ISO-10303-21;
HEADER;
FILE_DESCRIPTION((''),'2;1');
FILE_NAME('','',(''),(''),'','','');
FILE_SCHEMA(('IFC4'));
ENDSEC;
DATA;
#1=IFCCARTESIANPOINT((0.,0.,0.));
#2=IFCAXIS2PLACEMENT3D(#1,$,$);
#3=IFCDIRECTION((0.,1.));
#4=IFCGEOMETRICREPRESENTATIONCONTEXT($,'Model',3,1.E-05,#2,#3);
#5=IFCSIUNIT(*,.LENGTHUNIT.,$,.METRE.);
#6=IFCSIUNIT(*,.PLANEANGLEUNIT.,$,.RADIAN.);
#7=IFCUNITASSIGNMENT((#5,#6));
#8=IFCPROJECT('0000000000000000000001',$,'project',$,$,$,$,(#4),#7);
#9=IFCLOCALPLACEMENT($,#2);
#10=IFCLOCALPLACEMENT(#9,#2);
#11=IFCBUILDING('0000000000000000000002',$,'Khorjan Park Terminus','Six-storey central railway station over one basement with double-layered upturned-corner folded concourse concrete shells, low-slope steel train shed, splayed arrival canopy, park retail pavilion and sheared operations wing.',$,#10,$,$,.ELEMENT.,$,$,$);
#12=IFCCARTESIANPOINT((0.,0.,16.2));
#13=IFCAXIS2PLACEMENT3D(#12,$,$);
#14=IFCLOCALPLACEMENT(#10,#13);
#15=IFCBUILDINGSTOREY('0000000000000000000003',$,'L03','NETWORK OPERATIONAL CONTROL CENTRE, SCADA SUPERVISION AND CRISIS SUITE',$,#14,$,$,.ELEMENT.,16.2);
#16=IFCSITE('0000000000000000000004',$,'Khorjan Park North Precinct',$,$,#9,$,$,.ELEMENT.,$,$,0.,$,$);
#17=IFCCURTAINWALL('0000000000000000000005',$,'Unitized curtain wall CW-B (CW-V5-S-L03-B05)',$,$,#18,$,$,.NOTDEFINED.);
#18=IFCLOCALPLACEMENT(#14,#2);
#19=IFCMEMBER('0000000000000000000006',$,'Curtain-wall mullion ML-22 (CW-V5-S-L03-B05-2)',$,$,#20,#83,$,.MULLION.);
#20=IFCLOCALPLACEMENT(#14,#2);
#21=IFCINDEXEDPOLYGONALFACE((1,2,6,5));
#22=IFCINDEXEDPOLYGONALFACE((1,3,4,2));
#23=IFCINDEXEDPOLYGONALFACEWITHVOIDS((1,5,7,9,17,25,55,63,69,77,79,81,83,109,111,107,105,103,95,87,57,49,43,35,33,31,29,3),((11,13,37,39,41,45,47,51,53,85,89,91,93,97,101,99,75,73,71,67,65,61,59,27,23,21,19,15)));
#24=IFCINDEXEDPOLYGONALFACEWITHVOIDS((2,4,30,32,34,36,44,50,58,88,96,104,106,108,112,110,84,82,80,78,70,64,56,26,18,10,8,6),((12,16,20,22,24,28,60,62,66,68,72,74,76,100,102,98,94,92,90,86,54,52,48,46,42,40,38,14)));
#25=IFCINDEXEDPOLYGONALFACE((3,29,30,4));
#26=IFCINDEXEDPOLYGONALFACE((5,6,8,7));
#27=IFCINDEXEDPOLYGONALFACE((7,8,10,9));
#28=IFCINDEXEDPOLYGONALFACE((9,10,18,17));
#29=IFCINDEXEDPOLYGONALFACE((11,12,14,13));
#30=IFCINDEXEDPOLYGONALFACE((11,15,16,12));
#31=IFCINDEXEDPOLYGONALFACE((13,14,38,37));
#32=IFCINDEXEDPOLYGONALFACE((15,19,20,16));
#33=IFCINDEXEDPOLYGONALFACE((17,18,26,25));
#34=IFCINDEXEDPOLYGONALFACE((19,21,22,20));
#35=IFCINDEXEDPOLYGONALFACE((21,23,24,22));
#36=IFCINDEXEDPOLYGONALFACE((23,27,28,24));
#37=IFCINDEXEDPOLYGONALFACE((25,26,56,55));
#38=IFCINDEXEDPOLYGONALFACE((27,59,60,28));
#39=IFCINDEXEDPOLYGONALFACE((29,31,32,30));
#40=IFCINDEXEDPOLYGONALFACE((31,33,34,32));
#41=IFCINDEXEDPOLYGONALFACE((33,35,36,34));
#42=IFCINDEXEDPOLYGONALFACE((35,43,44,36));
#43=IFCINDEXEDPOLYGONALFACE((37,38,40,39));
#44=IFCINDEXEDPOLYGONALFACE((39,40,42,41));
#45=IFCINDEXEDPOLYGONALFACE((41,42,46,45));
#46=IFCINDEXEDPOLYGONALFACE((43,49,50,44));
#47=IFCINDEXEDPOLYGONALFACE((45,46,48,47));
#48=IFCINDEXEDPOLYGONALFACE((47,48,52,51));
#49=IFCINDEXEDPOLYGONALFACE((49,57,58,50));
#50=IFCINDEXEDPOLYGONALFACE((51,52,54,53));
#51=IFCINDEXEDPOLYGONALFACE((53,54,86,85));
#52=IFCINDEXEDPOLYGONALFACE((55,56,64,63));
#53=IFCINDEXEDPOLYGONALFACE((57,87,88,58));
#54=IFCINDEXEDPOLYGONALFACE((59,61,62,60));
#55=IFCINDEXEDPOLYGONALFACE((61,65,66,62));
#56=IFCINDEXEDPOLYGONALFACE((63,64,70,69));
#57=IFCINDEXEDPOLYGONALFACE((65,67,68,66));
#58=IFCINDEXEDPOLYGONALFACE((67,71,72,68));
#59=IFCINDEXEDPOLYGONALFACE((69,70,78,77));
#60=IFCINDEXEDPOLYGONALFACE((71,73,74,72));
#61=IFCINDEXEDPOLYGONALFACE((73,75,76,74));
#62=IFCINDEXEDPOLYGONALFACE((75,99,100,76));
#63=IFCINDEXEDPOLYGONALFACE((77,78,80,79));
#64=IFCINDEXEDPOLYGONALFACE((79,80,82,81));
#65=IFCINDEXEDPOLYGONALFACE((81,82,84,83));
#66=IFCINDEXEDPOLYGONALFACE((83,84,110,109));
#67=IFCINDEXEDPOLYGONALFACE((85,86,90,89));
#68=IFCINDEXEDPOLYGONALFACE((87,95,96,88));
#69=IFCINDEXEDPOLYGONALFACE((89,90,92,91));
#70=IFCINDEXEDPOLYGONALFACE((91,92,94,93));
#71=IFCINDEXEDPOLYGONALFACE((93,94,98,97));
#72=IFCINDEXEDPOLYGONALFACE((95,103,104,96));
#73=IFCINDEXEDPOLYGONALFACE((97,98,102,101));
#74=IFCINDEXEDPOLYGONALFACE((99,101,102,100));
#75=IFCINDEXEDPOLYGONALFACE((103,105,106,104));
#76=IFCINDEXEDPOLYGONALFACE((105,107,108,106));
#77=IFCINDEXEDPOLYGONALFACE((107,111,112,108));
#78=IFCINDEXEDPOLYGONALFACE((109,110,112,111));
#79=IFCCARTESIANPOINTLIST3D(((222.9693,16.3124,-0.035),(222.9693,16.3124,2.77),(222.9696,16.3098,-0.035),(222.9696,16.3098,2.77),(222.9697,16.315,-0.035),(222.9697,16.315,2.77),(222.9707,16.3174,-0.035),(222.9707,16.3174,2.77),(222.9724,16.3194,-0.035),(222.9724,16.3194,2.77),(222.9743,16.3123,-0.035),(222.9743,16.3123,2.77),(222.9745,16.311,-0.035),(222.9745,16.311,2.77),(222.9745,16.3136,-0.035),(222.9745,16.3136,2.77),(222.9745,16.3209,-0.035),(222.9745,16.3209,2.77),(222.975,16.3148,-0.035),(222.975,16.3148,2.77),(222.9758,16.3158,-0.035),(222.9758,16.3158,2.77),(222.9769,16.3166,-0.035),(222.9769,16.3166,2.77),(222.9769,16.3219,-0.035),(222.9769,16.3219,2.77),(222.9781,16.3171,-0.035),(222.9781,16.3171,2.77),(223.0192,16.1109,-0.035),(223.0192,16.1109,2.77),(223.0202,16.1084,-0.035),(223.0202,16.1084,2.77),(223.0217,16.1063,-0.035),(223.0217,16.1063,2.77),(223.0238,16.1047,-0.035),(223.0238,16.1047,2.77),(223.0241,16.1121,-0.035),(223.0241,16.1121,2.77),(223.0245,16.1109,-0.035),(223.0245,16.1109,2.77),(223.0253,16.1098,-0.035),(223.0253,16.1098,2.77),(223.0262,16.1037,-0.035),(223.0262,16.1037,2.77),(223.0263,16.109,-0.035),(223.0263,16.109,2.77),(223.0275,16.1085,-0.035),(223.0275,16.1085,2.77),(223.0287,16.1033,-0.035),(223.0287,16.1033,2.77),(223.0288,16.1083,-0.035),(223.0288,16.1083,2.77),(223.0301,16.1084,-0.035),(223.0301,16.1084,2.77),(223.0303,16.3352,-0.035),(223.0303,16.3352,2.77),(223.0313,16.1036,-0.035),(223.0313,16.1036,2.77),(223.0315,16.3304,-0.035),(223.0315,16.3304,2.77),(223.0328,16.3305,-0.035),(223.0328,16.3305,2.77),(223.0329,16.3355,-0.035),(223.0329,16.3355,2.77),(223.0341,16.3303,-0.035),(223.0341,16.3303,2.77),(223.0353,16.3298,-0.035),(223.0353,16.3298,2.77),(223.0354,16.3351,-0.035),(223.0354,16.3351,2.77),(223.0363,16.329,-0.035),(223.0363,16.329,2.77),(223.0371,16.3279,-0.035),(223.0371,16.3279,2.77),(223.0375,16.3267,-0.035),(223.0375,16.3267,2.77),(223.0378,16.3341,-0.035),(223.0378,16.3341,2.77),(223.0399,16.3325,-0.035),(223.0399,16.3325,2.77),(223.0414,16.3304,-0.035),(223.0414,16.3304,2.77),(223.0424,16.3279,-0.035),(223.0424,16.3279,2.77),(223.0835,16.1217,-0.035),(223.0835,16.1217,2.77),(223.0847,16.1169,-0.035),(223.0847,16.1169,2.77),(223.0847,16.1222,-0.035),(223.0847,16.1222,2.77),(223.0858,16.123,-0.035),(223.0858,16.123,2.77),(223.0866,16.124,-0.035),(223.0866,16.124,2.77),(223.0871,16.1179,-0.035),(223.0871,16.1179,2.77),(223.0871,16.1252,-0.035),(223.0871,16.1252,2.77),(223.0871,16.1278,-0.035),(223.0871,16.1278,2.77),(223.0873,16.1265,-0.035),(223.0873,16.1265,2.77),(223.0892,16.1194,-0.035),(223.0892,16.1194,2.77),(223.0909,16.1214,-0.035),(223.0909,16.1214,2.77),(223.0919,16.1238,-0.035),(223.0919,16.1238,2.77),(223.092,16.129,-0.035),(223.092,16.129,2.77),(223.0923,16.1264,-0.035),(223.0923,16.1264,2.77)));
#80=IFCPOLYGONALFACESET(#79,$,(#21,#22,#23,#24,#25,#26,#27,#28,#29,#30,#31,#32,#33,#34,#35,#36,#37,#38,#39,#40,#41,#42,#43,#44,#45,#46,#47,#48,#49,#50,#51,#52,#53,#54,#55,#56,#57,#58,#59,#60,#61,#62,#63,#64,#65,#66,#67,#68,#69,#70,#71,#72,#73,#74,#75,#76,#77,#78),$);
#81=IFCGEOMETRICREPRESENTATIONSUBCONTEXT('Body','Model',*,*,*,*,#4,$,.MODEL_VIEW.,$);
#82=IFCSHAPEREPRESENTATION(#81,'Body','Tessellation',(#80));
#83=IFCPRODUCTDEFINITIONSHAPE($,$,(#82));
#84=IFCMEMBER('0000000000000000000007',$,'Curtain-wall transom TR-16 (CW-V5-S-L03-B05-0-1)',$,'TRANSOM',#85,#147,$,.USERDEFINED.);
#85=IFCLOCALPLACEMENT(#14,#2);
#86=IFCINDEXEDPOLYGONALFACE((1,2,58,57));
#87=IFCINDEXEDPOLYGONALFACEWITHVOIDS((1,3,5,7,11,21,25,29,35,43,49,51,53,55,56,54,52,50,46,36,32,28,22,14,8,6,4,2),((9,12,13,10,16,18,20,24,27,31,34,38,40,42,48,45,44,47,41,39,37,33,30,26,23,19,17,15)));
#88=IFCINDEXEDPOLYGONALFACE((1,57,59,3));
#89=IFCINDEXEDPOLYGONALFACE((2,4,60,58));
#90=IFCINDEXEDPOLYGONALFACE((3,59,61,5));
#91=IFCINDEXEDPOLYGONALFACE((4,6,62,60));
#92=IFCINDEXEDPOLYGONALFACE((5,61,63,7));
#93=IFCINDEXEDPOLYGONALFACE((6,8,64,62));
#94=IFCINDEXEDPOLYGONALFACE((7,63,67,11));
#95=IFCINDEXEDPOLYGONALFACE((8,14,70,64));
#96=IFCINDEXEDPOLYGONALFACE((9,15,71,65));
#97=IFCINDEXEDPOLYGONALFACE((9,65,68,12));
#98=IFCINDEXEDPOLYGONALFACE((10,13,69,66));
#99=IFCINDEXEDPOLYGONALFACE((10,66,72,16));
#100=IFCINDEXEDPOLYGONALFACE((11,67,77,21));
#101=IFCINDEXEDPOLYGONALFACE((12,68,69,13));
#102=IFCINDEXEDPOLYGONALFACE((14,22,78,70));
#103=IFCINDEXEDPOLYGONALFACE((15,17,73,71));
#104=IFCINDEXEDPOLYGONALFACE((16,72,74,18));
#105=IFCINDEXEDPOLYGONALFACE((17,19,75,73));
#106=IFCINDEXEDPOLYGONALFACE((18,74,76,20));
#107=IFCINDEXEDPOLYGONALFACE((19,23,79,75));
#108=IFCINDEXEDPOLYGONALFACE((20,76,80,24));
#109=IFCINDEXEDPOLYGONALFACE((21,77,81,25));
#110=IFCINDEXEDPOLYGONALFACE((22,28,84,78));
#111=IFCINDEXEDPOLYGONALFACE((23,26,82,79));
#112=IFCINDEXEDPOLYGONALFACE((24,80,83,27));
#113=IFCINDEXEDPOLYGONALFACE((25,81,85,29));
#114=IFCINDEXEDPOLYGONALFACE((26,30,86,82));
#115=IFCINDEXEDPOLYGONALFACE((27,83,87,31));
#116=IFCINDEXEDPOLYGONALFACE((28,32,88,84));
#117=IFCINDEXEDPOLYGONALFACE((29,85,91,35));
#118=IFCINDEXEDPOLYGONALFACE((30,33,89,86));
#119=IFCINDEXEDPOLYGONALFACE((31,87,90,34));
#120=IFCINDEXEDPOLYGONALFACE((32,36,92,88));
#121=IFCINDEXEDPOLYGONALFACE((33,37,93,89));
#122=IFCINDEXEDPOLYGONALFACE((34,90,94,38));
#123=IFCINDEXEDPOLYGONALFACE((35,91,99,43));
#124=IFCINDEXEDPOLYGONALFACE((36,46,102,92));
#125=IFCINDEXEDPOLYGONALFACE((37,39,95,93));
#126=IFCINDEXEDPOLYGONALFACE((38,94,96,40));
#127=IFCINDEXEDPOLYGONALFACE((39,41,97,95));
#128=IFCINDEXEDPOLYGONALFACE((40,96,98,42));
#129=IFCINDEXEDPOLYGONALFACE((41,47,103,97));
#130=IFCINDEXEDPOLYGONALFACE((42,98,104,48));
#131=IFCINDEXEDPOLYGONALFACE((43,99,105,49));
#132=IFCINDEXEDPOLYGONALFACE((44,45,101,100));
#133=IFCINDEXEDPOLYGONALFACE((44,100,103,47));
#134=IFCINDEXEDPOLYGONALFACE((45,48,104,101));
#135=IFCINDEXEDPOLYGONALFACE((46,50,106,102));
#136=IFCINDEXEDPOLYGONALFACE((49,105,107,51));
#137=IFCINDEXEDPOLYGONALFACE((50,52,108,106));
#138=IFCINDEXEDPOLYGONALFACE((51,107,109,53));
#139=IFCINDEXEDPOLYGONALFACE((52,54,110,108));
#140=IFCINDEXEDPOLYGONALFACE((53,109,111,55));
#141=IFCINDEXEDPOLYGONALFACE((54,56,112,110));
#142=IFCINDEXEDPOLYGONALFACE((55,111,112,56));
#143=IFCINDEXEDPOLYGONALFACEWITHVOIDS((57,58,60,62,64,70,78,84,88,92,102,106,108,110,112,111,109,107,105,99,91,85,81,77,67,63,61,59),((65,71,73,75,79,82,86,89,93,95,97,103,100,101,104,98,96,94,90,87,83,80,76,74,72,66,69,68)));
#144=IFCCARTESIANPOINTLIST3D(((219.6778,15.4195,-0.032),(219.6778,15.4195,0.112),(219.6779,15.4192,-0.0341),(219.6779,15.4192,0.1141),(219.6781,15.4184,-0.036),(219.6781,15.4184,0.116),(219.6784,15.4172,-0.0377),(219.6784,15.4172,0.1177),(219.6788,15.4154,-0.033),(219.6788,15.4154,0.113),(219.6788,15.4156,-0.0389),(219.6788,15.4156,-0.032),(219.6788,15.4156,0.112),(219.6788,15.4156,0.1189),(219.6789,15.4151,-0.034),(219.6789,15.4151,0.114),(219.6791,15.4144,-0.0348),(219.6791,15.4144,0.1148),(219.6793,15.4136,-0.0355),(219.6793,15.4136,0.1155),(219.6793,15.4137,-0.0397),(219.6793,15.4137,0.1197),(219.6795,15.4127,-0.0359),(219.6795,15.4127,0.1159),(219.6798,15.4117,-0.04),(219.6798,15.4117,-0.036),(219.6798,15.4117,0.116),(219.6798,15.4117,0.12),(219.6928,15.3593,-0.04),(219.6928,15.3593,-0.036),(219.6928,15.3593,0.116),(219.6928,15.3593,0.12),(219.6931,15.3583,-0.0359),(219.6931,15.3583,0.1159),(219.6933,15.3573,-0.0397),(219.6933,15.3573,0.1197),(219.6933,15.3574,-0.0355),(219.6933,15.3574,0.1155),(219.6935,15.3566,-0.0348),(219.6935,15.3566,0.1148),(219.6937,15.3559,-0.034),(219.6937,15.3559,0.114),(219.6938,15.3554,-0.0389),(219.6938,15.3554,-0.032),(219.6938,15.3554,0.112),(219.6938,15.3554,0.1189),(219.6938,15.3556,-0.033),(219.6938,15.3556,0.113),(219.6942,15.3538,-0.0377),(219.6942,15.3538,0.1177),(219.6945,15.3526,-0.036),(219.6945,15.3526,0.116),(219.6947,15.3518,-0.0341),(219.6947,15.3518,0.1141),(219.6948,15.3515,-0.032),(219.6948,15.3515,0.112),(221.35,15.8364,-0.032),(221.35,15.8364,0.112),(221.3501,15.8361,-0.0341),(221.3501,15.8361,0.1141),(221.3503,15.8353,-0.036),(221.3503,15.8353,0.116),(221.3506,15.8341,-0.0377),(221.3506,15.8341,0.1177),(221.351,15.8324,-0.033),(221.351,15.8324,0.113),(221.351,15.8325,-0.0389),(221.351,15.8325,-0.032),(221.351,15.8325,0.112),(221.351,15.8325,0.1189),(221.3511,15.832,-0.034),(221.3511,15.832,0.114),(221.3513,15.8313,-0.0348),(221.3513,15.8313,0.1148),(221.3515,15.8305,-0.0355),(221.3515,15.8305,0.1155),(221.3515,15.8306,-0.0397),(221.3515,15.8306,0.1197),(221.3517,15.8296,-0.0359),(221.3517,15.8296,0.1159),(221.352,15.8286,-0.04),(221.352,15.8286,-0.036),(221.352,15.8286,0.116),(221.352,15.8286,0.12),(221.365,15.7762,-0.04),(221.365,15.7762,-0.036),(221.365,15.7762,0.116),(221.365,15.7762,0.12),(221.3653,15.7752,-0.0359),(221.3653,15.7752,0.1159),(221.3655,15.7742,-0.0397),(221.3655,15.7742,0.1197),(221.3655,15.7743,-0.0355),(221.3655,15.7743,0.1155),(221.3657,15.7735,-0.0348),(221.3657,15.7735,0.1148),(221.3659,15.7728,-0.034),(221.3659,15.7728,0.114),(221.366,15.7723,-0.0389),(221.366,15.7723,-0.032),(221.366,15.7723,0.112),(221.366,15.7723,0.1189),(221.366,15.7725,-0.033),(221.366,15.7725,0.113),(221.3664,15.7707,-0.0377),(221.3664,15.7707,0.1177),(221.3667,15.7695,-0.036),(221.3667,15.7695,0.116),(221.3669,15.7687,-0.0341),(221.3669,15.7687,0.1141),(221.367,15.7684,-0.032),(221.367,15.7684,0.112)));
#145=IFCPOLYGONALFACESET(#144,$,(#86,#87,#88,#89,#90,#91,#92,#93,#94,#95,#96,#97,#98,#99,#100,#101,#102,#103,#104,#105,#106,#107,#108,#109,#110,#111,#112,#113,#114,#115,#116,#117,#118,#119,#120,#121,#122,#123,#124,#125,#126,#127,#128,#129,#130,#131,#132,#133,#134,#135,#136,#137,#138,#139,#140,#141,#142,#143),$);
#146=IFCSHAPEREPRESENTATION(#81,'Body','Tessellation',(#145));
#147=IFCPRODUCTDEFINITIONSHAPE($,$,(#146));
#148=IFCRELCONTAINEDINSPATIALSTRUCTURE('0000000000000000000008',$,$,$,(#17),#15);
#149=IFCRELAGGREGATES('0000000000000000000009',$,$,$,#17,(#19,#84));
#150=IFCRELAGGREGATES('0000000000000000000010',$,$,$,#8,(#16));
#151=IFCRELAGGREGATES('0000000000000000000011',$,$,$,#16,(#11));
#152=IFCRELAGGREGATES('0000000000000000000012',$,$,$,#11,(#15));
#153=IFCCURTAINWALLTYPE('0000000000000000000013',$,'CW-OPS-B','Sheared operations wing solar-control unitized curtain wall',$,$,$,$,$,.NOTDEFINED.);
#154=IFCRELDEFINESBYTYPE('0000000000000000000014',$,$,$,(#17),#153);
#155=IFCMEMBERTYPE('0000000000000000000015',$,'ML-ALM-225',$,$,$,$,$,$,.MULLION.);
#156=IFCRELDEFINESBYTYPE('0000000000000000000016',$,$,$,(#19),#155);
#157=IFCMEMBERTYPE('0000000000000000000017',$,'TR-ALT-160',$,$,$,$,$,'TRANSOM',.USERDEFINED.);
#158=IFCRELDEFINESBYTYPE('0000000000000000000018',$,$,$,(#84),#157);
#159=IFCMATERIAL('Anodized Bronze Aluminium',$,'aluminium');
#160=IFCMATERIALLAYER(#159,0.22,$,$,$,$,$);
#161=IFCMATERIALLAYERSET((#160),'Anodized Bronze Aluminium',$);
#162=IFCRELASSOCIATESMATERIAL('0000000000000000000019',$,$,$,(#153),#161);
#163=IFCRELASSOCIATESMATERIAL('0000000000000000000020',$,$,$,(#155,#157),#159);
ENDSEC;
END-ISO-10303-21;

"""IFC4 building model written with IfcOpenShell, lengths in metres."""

from ifc_helpers import new_model, si_unit, direction, frame, origin, origin_2d, place, context, subcontext, project, spatial, hollow_rectangle, extrude, material, layer, layer_set, material_profile, profile_set, type_object, element, aggregate, save


model = new_model("IFC4")

# Units and contexts
model_context = context("Model", 3, precision=1e-05, world=origin(), true_north=direction((0.0, 1.0)))
body_context = subcontext(model_context, "Body", "Model", "MODEL_VIEW")
ifc_project = project(units=[si_unit("LENGTHUNIT", "METRE"), si_unit("PLANEANGLEUNIT", "RADIAN")], contexts=[model_context])

# Site, building, storey
site_placement = place(None, origin())
site = spatial("IfcSite", under=ifc_project, at=site_placement, Name="Khorjan Park North Precinct", CompositionType="ELEMENT", RefElevation=0.0)
building_placement = place(site_placement, origin())
building = spatial("IfcBuilding", under=site, at=building_placement, Name="Khorjan Park Terminus", Description="Six-storey central railway station over one basement with double-layered upturned-corner folded concourse concrete shells, low-slope steel train shed, splayed arrival canopy, park retail pavilion and sheared operations wing.", CompositionType="ELEMENT")
storey_placement = place(building_placement, frame((0.0, 0.0, 16.2)))
storey = spatial("IfcBuildingStorey", under=building, at=storey_placement, Name="L03", Description="NETWORK OPERATIONAL CONTROL CENTRE, SCADA SUPERVISION AND CRISIS SUITE", CompositionType="ELEMENT", Elevation=16.2)

# Curtain wall, members
ifc_material_1 = material(Name="Anodized Bronze Aluminium", Category="aluminium")
ifc_layer_1 = layer(ifc_material_1, 0.22)
ifc_layer_set_1 = layer_set([ifc_layer_1], Name="Anodized Bronze Aluminium")
curtain_wall_type = type_object("IfcCurtainWallType", Name="CW-OPS-B", Description="Sheared operations wing solar-control unitized curtain wall", PredefinedType="NOTDEFINED", material=ifc_layer_set_1)
curtain_wall_placement = place(storey_placement, origin())
curtain_wall = element("IfcCurtainWall", 1, at=curtain_wall_placement, inside=storey, type_object=curtain_wall_type, Name="Unitized curtain wall CW-B (CW-V5-S-L03-B05)", PredefinedType="NOTDEFINED")
ifc_material_profile_1 = material_profile(ifc_material_1, hollow_rectangle(XDim=0.075, YDim=0.225, WallThickness=0.005, InnerFilletRadius=0.005, OuterFilletRadius=0.01, at=origin_2d()), Name="ALM 75x225x5")
ifc_profile_set_1 = profile_set([ifc_material_profile_1], Name="Anodized Bronze Aluminium")
member_type_1 = type_object("IfcMemberType", Name="ML-ALM-225", PredefinedType="MULLION", material=ifc_profile_set_1)
member_1_placement = place(storey_placement, frame((223.0308, 16.2194, -0.035), z_axis=(0.0, 0.0, 1.0), x_axis=(0.970296, 0.241919, 0.0)))
member_1 = element("IfcMember", 2, at=member_1_placement, type_object=member_type_1, Name="Curtain-wall mullion ML-22 (CW-V5-S-L03-B05-2)", PredefinedType="MULLION", context=body_context, shape_type="SweptSolid", body=[
    extrude(hollow_rectangle(XDim=0.075, YDim=0.225, WallThickness=0.005, InnerFilletRadius=0.005, OuterFilletRadius=0.01, at=origin_2d()), origin(), (0.0, 0.0, 1.0), 2.805),
])
ifc_material_profile_2 = material_profile(ifc_material_1, hollow_rectangle(XDim=0.07, YDim=0.16, WallThickness=0.004, InnerFilletRadius=0.004, OuterFilletRadius=0.008, at=origin_2d()), Name="ALT 70x160x4")
ifc_profile_set_2 = profile_set([ifc_material_profile_2], Name="Anodized Bronze Aluminium")
member_type_2 = type_object("IfcMemberType", Name="TR-ALT-160", ElementType="TRANSOM", PredefinedType="USERDEFINED", material=ifc_profile_set_2)
member_2_placement = place(storey_placement, frame((219.6863, 15.3855, 0.04), z_axis=(0.970299, 0.241908, 0.0), x_axis=(-0.241908, 0.970299, 0.0)))
member_2 = element("IfcMember", 3, at=member_2_placement, type_object=member_type_2, Name="Curtain-wall transom TR-16 (CW-V5-S-L03-B05-0-1)", ObjectType="TRANSOM", PredefinedType="USERDEFINED", context=body_context, shape_type="SweptSolid", body=[
    extrude(hollow_rectangle(XDim=0.07, YDim=0.16, WallThickness=0.004, InnerFilletRadius=0.004, OuterFilletRadius=0.008, at=origin_2d()), origin(), (0.0, 0.0, 1.0), 1.7234),
])
aggregate(curtain_wall, [member_1, member_2])

save(model, "model.ifc")
